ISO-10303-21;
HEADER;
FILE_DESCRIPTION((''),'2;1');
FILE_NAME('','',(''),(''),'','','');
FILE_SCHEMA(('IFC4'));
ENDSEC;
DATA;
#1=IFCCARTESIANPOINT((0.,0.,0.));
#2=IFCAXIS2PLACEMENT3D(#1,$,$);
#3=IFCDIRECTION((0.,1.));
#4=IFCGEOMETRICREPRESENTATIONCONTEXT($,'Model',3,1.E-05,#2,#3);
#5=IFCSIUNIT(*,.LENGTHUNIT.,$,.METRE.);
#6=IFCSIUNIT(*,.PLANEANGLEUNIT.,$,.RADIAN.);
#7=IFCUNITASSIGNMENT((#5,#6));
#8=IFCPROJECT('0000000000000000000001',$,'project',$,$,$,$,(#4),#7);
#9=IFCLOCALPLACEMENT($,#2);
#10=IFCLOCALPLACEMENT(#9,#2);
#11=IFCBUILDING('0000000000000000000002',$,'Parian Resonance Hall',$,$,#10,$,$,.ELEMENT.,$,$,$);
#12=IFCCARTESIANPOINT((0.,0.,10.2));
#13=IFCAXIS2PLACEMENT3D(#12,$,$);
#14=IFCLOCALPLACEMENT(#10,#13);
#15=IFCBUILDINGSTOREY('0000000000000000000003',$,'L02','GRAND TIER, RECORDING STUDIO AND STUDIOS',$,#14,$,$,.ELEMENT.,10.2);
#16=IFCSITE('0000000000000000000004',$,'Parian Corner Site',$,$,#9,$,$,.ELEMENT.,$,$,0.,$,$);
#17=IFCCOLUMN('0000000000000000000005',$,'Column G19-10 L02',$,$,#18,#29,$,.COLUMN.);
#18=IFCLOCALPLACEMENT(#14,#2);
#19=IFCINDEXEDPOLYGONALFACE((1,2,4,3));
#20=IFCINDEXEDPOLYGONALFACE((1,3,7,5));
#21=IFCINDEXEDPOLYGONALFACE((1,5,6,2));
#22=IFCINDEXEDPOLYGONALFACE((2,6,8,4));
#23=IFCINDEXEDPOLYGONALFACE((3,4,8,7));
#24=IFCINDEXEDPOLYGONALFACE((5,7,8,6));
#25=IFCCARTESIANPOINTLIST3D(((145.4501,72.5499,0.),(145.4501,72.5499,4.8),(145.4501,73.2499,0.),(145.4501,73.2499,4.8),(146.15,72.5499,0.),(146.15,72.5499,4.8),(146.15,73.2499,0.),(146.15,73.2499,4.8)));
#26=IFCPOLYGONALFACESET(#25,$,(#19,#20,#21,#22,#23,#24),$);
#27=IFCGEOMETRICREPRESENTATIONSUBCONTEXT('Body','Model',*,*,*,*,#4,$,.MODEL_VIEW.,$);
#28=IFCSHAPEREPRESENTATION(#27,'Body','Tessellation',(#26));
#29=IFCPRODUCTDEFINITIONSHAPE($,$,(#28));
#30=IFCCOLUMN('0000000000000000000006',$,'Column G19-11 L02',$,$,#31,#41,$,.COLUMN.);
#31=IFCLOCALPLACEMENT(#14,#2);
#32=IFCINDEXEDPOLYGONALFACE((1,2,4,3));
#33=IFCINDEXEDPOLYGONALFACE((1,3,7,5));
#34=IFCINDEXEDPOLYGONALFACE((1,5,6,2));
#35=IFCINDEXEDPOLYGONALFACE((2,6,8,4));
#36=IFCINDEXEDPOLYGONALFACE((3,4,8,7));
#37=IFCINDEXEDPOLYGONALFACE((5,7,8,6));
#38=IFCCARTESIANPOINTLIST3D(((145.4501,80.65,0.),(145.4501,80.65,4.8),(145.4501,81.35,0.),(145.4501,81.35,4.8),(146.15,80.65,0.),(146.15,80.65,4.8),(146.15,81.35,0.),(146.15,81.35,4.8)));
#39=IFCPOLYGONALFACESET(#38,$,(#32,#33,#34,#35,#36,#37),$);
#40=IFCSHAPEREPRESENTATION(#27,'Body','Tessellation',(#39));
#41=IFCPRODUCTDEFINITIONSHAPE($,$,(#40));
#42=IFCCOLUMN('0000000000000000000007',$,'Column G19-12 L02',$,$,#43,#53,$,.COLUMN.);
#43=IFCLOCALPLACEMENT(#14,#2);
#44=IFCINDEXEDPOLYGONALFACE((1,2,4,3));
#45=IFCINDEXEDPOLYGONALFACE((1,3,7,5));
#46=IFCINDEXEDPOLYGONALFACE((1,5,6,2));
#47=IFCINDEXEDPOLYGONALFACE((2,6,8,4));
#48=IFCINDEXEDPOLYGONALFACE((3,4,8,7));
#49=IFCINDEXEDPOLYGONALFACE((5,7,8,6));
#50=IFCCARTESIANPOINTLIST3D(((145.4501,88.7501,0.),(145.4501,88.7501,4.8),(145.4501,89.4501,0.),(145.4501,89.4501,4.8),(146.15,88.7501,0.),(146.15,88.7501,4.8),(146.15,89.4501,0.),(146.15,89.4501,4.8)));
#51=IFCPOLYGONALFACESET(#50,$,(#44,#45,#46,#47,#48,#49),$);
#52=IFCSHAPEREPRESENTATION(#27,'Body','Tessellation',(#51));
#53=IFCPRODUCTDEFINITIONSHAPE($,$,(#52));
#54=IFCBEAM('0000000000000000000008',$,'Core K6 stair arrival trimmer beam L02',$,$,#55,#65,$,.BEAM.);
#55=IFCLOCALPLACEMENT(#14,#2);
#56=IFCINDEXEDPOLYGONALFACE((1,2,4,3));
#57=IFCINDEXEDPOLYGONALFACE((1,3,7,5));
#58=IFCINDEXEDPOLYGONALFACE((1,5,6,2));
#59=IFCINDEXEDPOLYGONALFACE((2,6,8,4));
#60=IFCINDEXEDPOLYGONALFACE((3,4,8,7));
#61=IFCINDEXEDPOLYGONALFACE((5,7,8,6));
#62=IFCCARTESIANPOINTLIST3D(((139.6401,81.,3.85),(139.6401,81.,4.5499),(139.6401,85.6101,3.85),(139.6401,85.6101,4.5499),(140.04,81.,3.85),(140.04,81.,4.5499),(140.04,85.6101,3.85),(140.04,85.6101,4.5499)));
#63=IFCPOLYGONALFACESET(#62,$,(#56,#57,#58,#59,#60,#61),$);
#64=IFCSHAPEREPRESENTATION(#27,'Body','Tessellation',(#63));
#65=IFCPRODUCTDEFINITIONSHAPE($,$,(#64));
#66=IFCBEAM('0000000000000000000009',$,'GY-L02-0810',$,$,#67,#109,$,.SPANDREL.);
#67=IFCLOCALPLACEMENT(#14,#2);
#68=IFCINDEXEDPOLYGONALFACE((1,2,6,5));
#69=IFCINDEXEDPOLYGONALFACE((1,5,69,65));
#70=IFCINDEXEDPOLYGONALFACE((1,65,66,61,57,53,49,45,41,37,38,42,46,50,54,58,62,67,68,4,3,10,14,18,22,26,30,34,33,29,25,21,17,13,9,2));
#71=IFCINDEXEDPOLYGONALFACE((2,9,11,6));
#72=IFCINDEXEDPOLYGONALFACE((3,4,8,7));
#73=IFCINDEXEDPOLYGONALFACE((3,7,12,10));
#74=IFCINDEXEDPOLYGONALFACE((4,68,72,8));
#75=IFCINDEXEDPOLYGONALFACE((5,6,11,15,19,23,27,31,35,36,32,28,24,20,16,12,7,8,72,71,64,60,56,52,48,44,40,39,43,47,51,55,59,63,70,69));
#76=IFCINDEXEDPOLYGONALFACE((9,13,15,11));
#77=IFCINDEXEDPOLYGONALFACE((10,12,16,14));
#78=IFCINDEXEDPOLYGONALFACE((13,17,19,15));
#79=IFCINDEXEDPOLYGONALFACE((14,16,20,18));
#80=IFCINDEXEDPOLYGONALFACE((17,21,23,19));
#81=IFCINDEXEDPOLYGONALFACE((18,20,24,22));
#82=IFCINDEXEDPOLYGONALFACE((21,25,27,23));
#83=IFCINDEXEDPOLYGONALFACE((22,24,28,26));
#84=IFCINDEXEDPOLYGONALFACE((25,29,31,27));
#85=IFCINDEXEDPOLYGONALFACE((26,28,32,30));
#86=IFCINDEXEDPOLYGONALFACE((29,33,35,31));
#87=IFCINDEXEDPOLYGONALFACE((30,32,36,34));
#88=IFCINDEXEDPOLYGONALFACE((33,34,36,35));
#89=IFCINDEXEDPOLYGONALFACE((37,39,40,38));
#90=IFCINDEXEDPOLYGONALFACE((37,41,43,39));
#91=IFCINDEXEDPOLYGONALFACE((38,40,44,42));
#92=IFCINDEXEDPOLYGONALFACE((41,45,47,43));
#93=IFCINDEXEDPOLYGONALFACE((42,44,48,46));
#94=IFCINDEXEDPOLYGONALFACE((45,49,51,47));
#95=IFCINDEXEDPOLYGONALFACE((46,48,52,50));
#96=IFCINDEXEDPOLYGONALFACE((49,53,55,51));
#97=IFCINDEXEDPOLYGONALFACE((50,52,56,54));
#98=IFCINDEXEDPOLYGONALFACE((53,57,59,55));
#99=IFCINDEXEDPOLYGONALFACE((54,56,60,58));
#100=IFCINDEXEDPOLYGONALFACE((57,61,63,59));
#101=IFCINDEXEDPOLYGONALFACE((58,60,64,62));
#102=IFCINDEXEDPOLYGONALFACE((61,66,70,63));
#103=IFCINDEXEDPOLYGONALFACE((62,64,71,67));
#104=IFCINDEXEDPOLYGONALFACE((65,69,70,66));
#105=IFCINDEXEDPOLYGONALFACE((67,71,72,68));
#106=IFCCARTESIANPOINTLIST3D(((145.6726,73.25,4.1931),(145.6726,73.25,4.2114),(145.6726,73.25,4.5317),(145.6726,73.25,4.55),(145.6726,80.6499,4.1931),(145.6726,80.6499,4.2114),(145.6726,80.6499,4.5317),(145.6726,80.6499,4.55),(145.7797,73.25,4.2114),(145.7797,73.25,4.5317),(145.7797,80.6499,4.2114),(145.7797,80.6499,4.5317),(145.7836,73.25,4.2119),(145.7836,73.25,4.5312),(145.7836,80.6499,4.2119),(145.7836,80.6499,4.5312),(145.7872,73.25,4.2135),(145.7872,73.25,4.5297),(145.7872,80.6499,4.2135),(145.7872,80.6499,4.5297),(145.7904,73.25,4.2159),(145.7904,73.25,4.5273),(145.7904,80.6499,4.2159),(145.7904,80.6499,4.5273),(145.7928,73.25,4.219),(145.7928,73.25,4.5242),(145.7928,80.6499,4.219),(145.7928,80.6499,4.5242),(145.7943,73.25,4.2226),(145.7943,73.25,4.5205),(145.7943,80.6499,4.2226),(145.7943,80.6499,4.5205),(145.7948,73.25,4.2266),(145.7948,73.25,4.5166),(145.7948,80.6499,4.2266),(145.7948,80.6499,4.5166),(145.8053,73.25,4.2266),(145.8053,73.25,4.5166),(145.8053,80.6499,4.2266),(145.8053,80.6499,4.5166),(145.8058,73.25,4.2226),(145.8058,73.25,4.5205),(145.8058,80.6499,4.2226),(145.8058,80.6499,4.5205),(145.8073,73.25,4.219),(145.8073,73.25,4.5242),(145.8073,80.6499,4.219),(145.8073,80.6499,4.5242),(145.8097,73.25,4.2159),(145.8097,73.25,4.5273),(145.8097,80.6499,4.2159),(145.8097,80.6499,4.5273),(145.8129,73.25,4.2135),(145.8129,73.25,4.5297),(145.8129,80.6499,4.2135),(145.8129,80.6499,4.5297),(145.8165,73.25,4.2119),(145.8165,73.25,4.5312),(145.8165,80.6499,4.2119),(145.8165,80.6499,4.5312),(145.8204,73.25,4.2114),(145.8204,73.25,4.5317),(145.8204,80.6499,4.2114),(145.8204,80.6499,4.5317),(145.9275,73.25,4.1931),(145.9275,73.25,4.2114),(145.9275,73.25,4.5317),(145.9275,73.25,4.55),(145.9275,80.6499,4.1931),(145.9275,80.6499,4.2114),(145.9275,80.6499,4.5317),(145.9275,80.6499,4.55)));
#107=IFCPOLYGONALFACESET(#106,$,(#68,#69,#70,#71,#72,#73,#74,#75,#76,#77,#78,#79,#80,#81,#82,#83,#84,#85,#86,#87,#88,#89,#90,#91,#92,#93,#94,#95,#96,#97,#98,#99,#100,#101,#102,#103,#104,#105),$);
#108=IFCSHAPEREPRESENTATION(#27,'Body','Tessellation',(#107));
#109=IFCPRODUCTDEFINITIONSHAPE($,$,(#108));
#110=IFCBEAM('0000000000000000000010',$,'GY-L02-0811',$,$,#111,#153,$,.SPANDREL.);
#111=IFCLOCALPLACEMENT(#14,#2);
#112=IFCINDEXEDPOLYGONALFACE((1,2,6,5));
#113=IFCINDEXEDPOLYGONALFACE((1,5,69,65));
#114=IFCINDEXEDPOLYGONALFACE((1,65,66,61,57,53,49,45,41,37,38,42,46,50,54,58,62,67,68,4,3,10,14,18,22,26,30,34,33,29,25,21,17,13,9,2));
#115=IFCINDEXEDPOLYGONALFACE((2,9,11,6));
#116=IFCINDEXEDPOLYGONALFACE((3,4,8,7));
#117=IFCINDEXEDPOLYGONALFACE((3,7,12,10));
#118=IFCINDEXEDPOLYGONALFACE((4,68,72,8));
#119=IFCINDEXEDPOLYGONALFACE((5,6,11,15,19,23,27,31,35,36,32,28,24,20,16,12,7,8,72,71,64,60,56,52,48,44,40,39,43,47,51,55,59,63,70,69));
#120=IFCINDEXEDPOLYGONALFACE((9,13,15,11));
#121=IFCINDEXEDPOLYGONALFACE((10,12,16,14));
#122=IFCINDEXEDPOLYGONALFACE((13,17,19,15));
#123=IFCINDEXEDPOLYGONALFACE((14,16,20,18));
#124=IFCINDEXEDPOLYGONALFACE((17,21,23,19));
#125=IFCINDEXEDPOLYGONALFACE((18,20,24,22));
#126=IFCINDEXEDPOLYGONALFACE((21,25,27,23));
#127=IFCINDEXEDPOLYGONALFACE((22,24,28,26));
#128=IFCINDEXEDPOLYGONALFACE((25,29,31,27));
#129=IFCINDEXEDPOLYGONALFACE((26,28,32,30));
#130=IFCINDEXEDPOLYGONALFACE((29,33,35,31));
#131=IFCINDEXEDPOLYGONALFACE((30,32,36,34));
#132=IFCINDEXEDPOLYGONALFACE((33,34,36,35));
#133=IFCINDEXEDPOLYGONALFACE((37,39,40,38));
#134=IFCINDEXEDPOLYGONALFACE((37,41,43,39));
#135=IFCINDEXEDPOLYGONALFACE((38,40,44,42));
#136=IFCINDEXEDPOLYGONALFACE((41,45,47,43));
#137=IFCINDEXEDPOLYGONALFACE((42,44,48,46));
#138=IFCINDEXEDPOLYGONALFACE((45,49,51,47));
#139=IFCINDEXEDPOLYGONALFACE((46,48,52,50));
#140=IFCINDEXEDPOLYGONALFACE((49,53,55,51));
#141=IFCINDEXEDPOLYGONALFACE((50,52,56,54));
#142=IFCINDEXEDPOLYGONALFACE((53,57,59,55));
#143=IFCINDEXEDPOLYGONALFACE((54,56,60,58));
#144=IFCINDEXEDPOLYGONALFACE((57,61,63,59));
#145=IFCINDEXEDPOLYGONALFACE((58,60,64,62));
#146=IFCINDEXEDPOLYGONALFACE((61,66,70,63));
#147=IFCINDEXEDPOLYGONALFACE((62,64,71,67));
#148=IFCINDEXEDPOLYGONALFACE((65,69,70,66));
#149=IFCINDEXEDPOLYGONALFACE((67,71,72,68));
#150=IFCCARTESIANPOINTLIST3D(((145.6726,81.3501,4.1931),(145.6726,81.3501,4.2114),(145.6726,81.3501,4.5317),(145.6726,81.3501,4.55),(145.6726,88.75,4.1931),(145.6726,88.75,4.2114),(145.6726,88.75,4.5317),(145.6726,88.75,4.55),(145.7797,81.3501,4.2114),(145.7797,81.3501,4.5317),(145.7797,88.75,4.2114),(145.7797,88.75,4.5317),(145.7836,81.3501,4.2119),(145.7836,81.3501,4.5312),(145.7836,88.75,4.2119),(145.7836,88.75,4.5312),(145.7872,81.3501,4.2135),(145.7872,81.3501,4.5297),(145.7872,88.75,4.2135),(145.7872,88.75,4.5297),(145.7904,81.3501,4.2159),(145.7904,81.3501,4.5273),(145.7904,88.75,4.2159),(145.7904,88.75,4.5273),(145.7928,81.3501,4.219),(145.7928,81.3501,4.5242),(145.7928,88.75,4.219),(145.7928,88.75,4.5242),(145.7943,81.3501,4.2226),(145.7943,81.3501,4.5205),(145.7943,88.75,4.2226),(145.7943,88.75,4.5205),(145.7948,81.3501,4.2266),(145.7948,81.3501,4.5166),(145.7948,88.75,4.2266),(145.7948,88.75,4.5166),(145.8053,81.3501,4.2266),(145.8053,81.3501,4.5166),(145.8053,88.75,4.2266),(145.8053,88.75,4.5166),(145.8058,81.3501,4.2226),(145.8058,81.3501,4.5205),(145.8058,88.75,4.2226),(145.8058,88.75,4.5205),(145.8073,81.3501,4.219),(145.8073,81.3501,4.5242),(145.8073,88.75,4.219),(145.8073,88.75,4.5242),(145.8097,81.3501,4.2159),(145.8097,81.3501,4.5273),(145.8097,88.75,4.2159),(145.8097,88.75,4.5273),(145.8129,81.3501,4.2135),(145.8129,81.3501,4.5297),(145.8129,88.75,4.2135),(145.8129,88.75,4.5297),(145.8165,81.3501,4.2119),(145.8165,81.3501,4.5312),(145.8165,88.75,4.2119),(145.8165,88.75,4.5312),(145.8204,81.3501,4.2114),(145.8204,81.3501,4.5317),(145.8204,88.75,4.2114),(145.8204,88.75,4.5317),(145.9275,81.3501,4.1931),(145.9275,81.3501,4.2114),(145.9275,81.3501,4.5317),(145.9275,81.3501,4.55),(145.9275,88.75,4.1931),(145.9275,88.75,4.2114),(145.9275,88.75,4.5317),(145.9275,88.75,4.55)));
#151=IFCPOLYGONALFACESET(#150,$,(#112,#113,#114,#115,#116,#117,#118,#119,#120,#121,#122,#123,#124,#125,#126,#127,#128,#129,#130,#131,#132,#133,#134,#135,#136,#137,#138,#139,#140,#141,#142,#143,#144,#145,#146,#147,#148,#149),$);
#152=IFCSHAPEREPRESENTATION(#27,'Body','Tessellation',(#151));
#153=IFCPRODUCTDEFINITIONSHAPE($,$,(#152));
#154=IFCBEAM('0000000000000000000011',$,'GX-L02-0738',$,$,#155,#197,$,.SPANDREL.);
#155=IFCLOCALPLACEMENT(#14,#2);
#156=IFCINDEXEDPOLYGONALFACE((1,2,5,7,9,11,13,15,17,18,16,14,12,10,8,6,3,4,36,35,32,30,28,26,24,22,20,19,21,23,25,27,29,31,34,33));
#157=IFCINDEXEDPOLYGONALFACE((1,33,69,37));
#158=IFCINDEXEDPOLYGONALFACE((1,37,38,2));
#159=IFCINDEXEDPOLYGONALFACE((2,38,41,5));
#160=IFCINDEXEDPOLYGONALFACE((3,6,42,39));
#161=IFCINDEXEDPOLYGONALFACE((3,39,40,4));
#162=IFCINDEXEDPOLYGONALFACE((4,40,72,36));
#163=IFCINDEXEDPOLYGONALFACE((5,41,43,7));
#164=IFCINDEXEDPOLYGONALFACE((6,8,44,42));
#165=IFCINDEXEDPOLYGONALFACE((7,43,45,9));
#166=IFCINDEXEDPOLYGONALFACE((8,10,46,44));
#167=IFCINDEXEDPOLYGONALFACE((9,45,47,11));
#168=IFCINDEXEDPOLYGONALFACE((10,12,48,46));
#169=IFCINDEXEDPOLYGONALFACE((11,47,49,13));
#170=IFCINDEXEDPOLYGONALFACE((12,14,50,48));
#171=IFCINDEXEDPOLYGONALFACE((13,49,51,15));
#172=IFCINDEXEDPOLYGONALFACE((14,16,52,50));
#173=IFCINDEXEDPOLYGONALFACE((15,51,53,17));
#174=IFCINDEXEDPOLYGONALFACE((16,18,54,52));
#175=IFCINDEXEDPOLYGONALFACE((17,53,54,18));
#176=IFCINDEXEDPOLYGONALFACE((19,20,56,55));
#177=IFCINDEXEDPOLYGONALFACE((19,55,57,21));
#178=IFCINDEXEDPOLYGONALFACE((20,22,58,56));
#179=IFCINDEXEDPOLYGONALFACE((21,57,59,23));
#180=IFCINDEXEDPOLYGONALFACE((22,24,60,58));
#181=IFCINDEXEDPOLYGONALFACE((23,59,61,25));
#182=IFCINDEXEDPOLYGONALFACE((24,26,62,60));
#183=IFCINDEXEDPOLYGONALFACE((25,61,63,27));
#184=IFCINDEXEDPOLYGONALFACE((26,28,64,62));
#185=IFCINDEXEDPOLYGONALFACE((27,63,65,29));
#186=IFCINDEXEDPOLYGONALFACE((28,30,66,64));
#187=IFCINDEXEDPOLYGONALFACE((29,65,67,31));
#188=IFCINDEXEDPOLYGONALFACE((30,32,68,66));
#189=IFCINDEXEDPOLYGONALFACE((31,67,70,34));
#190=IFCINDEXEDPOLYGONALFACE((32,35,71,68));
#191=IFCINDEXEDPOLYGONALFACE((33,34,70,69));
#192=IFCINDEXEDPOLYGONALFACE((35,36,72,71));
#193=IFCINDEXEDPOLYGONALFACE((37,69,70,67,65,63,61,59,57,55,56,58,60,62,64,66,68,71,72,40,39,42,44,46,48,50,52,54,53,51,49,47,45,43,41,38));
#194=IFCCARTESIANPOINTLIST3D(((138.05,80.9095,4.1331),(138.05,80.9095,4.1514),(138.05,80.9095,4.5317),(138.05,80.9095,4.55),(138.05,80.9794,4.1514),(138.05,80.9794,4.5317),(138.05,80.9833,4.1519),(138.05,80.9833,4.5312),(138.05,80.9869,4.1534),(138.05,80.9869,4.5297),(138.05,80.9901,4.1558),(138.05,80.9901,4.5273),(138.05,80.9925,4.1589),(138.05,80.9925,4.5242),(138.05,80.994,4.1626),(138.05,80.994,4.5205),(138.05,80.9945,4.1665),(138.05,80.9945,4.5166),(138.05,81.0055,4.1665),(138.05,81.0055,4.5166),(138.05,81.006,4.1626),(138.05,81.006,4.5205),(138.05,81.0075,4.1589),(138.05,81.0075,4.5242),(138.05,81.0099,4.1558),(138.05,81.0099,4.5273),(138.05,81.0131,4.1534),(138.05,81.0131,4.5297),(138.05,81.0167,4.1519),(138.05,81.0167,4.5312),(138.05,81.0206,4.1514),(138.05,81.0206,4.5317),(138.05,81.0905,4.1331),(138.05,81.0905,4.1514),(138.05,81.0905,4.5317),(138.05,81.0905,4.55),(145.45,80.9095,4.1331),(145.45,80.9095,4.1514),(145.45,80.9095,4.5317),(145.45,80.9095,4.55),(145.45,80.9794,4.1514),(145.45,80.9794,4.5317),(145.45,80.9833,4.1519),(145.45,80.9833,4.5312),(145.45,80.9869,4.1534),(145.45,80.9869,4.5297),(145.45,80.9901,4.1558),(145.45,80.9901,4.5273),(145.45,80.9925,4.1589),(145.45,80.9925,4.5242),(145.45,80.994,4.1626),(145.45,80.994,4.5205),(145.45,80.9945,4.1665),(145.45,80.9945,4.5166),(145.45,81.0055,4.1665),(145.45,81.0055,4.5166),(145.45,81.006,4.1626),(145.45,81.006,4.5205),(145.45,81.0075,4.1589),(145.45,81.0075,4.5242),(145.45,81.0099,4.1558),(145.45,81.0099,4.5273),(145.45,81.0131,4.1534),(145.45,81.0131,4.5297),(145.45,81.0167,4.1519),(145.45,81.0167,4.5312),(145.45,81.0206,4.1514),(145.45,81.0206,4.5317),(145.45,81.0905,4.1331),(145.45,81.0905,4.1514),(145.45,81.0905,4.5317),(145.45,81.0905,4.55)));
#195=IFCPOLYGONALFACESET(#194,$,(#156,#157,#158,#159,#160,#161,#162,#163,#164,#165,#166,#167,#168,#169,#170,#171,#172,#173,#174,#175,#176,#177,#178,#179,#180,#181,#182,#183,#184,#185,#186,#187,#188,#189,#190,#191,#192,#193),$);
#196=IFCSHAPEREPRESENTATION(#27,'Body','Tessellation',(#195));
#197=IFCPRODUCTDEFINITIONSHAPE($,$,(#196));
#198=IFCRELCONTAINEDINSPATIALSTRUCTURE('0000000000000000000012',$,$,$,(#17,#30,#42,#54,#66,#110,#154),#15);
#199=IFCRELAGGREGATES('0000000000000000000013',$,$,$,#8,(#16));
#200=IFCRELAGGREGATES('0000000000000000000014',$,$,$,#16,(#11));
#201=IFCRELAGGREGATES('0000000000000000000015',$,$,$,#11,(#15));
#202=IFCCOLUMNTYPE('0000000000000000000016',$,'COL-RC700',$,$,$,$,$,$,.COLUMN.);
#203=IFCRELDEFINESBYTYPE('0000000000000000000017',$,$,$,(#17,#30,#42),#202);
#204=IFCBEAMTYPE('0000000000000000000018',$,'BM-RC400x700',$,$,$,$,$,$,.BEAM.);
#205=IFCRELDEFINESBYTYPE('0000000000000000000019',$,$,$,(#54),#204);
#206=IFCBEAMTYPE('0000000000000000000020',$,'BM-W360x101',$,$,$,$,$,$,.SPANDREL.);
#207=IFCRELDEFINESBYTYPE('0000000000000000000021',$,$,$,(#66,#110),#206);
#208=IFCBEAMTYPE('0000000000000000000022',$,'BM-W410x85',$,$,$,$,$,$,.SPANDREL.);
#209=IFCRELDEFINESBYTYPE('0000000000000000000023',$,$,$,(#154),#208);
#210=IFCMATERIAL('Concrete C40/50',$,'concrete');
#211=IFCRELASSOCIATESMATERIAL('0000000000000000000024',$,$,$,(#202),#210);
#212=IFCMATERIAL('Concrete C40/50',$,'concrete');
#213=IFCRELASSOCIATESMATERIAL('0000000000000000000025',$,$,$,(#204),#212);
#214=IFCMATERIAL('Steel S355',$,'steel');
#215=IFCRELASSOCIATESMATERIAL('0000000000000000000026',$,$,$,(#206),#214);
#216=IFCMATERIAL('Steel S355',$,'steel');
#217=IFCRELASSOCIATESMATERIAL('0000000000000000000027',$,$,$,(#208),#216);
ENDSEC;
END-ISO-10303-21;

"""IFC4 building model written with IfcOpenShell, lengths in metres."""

from ifc_helpers import new_model, si_unit, direction, frame, origin, origin_2d, place, context, subcontext, project, spatial, rectangle, i_section, extrude, material, material_profile, profile_set, type_object, element, save


model = new_model("IFC4")

# Units and contexts
model_context = context("Model", 3, precision=1e-05, world=origin(), true_north=direction((0.0, 1.0)))
body_context = subcontext(model_context, "Body", "Model", "MODEL_VIEW")
ifc_project = project(units=[si_unit("LENGTHUNIT", "METRE"), si_unit("PLANEANGLEUNIT", "RADIAN")], contexts=[model_context])

# Site, building, storey
site_placement = place(None, origin())
site = spatial("IfcSite", under=ifc_project, at=site_placement, Name="Parian Corner Site", CompositionType="ELEMENT", RefElevation=0.0)
building_placement = place(site_placement, origin())
building = spatial("IfcBuilding", under=site, at=building_placement, Name="Parian Resonance Hall", CompositionType="ELEMENT")
storey_placement = place(building_placement, frame((0.0, 0.0, 10.2)))
storey = spatial("IfcBuildingStorey", under=building, at=storey_placement, Name="L02", Description="GRAND TIER, RECORDING STUDIO AND STUDIOS", CompositionType="ELEMENT", Elevation=10.2)

# Columns
ifc_material_1 = material(Name="Concrete C40/50", Category="concrete")
ifc_material_profile_1 = material_profile(ifc_material_1, rectangle(XDim=0.7, YDim=0.7, at=origin_2d()), Name="RC-COL-700x700")
ifc_profile_set_1 = profile_set([ifc_material_profile_1], Name="Concrete C40/50")
column_type = type_object("IfcColumnType", Name="COL-RC700", PredefinedType="COLUMN", material=ifc_profile_set_1)
for number, where, z_axis, x_axis, name in (
    (1, (145.8, 72.8999, 0.0), (0.0, 0.0, 1.0), (1.0, 0.0, 0.0), "Column G19-10 L02"),
    (2, (145.8, 81.0, 0.0), (0.0, 0.0, 1.0), (1.0, 0.0, 0.0), "Column G19-11 L02"),
    (3, (145.8, 89.1001, 0.0), (0.0, 0.0, 1.0), (1.0, 0.0, 0.0), "Column G19-12 L02"),
):
    element("IfcColumn", number, at=place(storey_placement, frame(where, z_axis=z_axis, x_axis=x_axis)), inside=storey, type_object=column_type, Name=name, PredefinedType="COLUMN", context=body_context, shape_type="SweptSolid", body=[
        extrude(rectangle(XDim=0.7, YDim=0.7, at=origin_2d()), origin(), (0.0, 0.0, 1.0), 4.8),
    ])

# Beams
ifc_material_2 = material(Name="Concrete C40/50", Category="concrete")
ifc_material_profile_2 = material_profile(ifc_material_2, rectangle(XDim=0.3999, YDim=0.7, at=origin_2d()), Name="RC-BM-400x700")
ifc_profile_set_2 = profile_set([ifc_material_profile_2], Name="Concrete C40/50")
beam_type_1 = type_object("IfcBeamType", Name="BM-RC400x700", PredefinedType="BEAM", material=ifc_profile_set_2)
beam_1_placement = place(storey_placement, frame((139.8401, 81.0, 4.2), z_axis=(0.0, 1.0, 0.0), x_axis=(-1.0, 0.0, 0.0)))
element("IfcBeam", 4, at=beam_1_placement, inside=storey, type_object=beam_type_1, Name="Core K6 stair arrival trimmer beam L02", PredefinedType="BEAM", context=body_context, shape_type="SweptSolid", body=[
    extrude(rectangle(XDim=0.3999, YDim=0.7, at=origin_2d()), origin(), (0.0, 0.0, 1.0), 4.6101),
])
ifc_material_3 = material(Name="Steel S355", Category="steel")
ifc_material_profile_3 = material_profile(ifc_material_3, i_section(OverallWidth=0.2549, OverallDepth=0.3569, WebThickness=0.0105, FlangeThickness=0.0183, FilletRadius=0.0151, at=origin_2d()), Name="W360x101")
ifc_profile_set_3 = profile_set([ifc_material_profile_3], Name="Steel S355")
beam_type_2 = type_object("IfcBeamType", Name="BM-W360x101", PredefinedType="SPANDREL", material=ifc_profile_set_3)
for number, where, z_axis, x_axis, name in (
    (5, (145.8, 73.25, 4.3716), (0.0, 1.0, 0.0), (-1.0, 0.0, 0.0), "GY-L02-0810"),
    (6, (145.8, 81.3501, 4.3716), (0.0, 1.0, 0.0), (-1.0, 0.0, 0.0), "GY-L02-0811"),
):
    element("IfcBeam", number, at=place(storey_placement, frame(where, z_axis=z_axis, x_axis=x_axis)), inside=storey, type_object=beam_type_2, Name=name, PredefinedType="SPANDREL", context=body_context, shape_type="SweptSolid", body=[
        extrude(i_section(OverallWidth=0.2549, OverallDepth=0.3569, WebThickness=0.0105, FlangeThickness=0.0183, FilletRadius=0.0151, at=origin_2d()), origin(), (0.0, 0.0, 1.0), 7.3999),
    ])
ifc_material_4 = material(Name="Steel S355", Category="steel")
ifc_material_profile_4 = material_profile(ifc_material_4, i_section(OverallWidth=0.1809, OverallDepth=0.417, WebThickness=0.011, FlangeThickness=0.0183, FilletRadius=0.0151, at=origin_2d()), Name="W410x85")
ifc_profile_set_4 = profile_set([ifc_material_profile_4], Name="Steel S355")
beam_type_3 = type_object("IfcBeamType", Name="BM-W410x85", PredefinedType="SPANDREL", material=ifc_profile_set_4)
beam_2_placement = place(storey_placement, frame((138.05, 81.0, 4.3416), z_axis=(1.0, 0.0, 0.0), x_axis=(0.0, 1.0, 0.0)))
element("IfcBeam", 7, at=beam_2_placement, inside=storey, type_object=beam_type_3, Name="GX-L02-0738", PredefinedType="SPANDREL", context=body_context, shape_type="SweptSolid", body=[
    extrude(i_section(OverallWidth=0.1809, OverallDepth=0.417, WebThickness=0.011, FlangeThickness=0.0183, FilletRadius=0.0151, at=origin_2d()), origin(), (0.0, 0.0, 1.0), 7.3999),
])

save(model, "model.ifc")
